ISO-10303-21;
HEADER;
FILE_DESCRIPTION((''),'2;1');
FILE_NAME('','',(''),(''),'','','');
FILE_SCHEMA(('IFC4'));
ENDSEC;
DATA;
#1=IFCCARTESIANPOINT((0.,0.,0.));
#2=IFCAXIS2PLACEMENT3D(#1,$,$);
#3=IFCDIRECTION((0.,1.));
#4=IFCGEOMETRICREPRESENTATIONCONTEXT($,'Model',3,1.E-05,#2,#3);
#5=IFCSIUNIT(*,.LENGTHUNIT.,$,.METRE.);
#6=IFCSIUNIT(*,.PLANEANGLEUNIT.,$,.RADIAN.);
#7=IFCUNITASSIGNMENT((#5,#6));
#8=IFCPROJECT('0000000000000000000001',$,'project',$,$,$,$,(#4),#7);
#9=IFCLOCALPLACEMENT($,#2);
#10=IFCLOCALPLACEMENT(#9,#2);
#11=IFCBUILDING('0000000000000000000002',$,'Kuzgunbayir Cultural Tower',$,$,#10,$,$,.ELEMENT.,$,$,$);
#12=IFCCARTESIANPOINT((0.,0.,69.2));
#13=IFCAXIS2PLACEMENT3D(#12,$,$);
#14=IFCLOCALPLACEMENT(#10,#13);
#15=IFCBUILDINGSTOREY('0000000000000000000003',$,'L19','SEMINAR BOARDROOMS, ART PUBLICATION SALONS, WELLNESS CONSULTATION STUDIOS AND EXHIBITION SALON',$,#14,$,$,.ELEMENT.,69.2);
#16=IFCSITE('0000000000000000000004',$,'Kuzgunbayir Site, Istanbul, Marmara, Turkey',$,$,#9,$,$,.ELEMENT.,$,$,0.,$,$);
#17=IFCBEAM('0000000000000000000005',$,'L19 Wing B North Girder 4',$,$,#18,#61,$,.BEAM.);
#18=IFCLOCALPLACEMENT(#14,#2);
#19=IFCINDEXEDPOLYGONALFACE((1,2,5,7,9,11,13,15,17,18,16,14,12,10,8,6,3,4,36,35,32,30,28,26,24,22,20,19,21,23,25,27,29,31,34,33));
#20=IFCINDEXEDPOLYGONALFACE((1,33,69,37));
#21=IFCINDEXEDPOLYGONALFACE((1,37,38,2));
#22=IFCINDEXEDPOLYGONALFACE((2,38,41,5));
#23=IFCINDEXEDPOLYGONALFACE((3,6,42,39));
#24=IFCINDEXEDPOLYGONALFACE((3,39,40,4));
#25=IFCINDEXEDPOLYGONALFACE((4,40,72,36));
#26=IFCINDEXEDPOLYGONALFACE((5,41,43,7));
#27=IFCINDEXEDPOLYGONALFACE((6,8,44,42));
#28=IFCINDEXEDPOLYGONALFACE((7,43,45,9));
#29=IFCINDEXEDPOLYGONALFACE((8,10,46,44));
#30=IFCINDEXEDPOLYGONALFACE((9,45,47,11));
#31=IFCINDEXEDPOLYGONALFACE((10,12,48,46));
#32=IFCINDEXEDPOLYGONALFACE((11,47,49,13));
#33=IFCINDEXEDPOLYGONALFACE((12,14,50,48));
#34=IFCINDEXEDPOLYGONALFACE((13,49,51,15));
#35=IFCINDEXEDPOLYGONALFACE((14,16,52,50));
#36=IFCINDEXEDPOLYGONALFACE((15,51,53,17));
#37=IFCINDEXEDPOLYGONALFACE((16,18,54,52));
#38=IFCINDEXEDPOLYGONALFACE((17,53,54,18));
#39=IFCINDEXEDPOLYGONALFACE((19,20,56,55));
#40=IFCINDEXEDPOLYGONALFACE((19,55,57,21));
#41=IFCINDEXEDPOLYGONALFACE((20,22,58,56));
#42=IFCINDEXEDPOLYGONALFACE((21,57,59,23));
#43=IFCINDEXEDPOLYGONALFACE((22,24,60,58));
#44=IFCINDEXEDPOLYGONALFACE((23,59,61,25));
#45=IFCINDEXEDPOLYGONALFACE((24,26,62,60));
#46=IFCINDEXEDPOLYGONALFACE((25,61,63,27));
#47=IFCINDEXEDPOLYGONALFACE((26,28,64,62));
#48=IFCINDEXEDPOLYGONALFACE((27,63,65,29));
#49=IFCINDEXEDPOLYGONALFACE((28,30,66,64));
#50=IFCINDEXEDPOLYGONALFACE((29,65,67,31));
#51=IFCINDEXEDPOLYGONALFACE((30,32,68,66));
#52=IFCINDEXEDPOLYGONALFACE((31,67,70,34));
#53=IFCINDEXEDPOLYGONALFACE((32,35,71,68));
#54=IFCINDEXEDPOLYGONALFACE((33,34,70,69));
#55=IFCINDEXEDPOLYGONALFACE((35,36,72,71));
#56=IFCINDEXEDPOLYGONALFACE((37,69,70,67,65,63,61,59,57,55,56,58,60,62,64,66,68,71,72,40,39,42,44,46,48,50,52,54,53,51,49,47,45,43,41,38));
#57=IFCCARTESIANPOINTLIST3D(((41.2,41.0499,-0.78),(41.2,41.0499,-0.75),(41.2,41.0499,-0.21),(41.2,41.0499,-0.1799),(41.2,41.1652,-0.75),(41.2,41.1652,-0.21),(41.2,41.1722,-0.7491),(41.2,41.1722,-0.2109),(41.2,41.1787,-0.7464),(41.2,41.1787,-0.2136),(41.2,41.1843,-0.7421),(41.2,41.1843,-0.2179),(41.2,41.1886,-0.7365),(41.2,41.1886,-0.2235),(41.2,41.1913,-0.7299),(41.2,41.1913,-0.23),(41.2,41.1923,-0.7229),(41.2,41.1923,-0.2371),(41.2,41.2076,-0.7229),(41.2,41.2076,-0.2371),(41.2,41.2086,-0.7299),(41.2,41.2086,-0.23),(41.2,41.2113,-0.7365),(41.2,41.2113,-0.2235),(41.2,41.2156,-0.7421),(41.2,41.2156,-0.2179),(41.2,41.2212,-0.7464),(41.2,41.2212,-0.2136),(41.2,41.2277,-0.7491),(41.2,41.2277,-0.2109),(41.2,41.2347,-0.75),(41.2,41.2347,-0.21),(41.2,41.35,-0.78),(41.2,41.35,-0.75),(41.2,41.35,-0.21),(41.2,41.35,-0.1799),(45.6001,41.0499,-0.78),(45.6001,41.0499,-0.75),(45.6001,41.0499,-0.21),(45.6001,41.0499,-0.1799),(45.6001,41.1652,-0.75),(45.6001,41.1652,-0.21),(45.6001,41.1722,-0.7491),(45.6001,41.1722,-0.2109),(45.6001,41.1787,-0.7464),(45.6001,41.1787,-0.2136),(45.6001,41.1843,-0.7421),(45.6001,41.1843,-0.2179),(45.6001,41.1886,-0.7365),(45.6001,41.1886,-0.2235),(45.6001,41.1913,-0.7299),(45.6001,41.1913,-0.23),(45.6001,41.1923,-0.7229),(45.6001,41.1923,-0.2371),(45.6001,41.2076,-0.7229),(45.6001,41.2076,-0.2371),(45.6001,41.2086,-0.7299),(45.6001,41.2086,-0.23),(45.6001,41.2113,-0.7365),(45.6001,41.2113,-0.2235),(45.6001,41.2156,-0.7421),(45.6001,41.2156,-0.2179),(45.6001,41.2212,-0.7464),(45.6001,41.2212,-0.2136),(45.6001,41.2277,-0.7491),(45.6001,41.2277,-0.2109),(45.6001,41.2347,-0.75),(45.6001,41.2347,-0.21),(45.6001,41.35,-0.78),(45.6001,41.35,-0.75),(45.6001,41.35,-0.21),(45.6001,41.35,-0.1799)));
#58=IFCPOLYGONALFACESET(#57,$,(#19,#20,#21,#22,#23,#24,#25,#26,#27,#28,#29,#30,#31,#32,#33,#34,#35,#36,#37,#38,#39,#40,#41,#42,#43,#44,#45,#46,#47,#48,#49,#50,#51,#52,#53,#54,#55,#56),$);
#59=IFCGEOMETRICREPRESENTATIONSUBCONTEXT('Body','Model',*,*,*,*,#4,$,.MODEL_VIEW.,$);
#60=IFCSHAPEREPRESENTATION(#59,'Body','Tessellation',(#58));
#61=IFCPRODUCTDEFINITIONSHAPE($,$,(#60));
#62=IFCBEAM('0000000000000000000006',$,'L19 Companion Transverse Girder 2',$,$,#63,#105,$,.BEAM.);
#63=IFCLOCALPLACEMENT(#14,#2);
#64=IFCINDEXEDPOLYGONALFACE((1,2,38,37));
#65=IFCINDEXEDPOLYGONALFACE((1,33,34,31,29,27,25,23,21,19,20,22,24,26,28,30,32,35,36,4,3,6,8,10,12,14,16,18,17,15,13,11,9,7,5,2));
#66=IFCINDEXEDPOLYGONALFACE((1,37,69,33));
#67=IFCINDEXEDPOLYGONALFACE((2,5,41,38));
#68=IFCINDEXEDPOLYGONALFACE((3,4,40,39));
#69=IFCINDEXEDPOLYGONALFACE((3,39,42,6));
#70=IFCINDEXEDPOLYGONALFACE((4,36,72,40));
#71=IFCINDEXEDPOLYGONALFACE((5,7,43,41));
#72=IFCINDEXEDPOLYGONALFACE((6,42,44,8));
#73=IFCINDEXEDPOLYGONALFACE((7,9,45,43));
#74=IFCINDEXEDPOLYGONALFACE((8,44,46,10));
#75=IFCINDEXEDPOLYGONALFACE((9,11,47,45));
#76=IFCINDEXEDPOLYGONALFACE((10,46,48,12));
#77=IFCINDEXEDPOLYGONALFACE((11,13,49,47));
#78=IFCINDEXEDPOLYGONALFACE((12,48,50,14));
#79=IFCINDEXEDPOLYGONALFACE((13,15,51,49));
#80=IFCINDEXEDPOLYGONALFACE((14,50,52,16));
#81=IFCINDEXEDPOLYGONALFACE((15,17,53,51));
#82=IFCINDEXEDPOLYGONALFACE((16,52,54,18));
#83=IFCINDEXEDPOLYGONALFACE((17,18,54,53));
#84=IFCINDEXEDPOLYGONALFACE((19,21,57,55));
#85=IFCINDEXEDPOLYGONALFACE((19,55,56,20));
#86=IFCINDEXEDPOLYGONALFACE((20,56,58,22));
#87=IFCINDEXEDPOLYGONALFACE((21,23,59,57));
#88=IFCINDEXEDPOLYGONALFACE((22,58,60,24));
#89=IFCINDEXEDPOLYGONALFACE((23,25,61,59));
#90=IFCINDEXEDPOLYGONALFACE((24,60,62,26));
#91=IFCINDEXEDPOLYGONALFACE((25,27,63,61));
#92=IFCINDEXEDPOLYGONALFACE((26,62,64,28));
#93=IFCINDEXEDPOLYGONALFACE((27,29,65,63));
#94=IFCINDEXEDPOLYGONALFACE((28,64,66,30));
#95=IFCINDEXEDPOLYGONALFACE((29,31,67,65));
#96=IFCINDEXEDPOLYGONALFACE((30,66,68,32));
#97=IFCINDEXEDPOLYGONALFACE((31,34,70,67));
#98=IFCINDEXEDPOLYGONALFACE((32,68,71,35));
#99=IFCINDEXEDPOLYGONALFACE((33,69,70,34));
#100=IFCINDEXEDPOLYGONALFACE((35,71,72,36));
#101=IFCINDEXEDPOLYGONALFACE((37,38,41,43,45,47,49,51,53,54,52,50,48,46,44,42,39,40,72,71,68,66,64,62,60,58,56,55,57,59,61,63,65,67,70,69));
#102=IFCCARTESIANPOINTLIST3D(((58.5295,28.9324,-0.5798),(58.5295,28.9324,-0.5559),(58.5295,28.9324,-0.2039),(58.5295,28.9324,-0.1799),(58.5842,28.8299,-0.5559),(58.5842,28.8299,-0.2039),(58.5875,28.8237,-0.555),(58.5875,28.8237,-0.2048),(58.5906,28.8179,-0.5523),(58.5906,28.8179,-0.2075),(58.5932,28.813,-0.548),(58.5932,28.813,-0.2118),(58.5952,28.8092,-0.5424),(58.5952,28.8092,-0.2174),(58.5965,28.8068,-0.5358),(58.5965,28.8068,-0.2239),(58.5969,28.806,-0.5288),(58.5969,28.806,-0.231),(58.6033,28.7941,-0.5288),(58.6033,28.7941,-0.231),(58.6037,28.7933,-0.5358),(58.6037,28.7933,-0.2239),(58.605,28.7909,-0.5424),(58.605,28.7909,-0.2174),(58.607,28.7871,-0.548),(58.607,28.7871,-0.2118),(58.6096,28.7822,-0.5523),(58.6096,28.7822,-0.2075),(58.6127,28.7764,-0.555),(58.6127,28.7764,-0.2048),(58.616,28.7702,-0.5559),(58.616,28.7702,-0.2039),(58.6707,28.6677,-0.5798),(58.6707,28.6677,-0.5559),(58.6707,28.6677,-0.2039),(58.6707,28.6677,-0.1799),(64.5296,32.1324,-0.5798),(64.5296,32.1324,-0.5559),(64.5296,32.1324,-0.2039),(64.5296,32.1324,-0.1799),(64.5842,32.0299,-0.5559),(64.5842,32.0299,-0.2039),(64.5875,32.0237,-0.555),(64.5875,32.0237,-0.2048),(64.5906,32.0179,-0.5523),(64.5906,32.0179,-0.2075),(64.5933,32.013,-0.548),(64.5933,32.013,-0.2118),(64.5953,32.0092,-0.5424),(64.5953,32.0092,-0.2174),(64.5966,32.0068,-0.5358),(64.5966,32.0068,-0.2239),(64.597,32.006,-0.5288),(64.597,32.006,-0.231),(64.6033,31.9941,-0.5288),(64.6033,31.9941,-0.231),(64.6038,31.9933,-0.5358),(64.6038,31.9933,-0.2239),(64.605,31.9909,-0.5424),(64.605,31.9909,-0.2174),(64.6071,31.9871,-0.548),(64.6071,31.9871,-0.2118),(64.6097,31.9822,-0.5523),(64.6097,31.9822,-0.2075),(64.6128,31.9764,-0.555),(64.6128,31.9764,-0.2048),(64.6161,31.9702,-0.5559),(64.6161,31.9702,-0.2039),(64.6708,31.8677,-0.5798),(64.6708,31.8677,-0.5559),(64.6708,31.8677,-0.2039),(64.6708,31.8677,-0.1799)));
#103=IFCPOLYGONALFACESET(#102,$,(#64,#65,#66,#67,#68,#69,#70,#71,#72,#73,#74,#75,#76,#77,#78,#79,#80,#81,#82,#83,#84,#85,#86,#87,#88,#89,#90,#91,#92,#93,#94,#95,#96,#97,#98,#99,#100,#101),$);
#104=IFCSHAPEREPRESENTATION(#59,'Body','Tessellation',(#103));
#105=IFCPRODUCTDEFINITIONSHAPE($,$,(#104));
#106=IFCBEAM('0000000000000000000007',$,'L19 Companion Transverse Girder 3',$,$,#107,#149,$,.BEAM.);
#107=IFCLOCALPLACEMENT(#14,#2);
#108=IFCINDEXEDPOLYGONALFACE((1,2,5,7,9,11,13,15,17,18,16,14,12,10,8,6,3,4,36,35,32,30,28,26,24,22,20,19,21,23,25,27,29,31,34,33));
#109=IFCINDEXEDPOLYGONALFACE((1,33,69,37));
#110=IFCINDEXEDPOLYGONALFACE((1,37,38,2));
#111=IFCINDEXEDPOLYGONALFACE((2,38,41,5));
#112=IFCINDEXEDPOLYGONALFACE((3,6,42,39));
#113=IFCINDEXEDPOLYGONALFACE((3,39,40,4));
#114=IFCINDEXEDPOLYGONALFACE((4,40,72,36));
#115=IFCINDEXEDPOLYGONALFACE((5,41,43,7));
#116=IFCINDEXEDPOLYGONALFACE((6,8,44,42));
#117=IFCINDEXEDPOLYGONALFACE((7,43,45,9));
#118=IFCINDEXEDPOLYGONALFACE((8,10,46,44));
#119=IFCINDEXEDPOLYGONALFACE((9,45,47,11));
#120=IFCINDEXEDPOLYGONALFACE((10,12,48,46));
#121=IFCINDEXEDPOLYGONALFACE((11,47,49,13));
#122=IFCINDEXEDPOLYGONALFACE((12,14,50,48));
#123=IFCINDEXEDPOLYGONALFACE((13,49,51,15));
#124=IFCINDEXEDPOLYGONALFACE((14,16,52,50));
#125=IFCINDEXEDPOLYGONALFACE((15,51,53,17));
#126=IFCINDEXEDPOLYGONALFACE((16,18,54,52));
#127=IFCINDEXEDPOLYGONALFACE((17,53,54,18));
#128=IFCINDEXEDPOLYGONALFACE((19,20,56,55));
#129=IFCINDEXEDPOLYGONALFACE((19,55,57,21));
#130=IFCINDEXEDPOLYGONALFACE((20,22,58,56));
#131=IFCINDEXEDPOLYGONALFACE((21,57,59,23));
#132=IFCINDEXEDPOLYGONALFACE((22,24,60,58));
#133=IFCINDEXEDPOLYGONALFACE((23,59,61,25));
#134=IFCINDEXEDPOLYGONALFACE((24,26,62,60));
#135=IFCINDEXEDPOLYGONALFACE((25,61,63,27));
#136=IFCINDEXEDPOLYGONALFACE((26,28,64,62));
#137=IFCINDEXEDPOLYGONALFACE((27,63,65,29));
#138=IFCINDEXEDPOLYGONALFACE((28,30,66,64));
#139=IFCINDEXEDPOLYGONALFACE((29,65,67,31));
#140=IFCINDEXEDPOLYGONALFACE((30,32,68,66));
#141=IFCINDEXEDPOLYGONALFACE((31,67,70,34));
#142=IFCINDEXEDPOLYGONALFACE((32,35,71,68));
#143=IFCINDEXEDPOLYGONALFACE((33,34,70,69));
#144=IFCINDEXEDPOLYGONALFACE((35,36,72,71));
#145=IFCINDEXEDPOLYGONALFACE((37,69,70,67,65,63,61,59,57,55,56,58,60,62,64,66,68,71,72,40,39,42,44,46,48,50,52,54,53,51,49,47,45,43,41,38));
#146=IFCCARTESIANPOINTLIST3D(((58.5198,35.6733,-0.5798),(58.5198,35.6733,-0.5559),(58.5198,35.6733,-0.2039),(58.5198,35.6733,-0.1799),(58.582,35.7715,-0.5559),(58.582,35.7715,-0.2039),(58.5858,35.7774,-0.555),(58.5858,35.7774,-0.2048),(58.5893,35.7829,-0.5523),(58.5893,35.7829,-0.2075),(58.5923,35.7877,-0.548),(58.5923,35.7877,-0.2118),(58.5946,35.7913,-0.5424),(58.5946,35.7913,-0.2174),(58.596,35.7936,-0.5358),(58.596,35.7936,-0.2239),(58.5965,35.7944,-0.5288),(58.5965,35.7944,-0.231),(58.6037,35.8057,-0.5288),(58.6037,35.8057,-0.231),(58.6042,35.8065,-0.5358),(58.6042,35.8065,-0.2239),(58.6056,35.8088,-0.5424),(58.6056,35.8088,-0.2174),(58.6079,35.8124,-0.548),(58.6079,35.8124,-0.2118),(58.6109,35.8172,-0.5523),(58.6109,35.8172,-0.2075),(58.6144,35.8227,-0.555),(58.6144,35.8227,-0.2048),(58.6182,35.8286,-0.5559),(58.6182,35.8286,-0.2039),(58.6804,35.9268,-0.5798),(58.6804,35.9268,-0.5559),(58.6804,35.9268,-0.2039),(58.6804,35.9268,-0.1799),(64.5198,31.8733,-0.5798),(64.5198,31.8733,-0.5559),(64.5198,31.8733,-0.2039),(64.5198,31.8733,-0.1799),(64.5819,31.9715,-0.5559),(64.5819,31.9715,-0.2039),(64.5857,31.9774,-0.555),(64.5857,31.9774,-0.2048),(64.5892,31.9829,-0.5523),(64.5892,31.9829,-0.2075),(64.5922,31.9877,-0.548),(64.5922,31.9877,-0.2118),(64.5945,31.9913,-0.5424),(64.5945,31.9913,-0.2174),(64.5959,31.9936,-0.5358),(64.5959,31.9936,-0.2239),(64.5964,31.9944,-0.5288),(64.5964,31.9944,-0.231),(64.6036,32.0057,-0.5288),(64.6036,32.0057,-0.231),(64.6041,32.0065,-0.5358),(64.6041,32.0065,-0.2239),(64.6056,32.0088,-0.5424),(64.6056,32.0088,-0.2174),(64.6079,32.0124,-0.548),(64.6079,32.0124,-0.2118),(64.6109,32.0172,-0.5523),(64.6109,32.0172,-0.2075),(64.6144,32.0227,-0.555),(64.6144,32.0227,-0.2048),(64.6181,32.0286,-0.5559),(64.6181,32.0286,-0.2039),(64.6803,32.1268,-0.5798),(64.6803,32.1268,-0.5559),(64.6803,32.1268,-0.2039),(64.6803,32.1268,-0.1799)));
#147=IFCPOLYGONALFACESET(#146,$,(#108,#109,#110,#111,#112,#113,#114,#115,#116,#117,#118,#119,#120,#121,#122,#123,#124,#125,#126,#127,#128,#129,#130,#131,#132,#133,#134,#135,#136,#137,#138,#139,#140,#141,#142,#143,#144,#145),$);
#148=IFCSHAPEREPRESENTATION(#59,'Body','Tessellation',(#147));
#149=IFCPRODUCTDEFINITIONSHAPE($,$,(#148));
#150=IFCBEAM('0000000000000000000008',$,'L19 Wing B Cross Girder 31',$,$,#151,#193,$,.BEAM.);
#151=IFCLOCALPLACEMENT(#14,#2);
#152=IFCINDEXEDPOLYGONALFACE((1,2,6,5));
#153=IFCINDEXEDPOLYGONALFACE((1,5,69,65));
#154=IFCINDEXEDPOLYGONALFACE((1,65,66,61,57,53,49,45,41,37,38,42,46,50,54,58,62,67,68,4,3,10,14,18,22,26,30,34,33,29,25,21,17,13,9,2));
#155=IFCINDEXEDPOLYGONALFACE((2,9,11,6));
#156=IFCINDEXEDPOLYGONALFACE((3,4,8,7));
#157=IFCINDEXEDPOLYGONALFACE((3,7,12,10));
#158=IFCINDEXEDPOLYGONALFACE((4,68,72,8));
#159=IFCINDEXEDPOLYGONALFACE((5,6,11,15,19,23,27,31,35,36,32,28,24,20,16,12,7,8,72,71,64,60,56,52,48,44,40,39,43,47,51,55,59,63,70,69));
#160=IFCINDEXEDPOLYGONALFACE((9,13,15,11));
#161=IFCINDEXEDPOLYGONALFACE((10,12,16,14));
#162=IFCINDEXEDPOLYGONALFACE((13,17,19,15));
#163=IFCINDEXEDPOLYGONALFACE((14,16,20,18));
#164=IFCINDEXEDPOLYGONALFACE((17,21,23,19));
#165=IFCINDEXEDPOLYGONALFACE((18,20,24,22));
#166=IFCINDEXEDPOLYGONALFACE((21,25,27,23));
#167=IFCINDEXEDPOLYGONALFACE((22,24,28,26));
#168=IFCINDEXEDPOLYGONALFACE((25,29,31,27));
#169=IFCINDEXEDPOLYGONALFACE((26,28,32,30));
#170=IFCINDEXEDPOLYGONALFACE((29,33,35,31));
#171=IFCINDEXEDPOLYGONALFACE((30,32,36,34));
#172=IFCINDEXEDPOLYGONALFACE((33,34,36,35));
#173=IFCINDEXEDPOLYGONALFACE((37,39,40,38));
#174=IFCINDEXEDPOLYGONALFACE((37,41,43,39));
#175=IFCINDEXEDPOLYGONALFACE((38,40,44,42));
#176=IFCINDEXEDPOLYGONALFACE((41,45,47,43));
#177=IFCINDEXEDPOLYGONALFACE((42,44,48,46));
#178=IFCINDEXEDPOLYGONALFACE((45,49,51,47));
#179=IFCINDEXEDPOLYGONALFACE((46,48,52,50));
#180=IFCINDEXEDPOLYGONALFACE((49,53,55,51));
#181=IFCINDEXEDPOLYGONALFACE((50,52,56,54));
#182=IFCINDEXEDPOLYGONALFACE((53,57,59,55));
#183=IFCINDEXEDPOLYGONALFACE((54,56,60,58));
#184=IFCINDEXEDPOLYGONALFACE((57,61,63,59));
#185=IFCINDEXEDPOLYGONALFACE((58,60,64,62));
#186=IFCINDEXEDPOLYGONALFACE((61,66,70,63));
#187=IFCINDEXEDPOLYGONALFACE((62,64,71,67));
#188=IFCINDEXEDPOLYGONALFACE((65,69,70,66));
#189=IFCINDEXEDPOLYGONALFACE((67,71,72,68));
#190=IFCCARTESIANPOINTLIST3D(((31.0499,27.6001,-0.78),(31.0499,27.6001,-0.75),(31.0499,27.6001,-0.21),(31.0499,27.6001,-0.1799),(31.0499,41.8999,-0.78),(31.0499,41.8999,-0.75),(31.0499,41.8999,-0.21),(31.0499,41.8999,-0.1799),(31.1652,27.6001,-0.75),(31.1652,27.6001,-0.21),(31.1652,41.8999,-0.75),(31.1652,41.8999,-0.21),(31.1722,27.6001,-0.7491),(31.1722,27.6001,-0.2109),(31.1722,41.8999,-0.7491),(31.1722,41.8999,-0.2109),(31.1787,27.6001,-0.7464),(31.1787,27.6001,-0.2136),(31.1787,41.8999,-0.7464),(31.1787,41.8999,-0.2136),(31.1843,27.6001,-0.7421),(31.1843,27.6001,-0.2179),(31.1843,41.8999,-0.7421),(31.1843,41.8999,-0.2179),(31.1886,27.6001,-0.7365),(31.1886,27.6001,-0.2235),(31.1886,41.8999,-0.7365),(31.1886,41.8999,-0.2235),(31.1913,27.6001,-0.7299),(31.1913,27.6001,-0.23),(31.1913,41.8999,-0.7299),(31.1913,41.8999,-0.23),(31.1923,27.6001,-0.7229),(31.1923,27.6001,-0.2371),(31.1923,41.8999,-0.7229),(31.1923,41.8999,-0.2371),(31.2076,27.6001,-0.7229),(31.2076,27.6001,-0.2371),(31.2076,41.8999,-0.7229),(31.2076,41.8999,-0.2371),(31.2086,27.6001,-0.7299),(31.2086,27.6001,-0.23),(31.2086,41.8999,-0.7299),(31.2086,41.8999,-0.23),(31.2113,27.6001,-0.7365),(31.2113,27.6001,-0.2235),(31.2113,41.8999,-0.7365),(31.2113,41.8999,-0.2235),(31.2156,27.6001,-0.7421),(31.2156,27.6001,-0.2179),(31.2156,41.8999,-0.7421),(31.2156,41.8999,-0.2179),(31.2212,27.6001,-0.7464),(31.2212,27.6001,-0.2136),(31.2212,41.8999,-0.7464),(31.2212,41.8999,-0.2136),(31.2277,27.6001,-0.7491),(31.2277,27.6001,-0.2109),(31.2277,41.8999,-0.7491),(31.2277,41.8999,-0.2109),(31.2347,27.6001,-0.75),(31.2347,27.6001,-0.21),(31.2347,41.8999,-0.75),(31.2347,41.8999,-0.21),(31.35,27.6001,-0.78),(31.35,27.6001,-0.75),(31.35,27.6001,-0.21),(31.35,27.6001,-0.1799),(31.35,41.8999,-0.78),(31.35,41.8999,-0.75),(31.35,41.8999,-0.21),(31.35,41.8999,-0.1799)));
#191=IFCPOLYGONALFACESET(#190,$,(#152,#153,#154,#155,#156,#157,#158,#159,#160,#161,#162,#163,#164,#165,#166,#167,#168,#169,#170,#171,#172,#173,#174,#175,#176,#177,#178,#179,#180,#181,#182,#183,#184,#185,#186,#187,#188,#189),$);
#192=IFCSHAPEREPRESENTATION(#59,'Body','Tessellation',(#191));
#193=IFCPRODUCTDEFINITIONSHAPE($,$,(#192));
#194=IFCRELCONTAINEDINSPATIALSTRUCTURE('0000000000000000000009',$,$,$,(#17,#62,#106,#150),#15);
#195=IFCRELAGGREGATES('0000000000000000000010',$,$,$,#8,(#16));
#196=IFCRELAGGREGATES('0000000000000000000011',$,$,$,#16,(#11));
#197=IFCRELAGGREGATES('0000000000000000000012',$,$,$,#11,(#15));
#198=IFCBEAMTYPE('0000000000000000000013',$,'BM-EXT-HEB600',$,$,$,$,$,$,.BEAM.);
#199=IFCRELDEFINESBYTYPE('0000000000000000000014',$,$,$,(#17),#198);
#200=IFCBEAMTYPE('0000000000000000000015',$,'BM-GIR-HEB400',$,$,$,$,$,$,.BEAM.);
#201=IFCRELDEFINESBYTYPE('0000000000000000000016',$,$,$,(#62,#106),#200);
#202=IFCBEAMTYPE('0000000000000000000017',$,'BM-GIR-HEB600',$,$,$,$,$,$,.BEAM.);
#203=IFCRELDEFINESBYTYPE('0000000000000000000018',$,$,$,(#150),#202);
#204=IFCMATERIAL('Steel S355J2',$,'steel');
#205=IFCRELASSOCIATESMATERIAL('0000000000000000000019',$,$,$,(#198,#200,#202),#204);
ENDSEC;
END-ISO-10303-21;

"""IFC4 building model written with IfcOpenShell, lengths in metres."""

from ifc_helpers import new_model, si_unit, direction, frame, origin, origin_2d, place, context, subcontext, project, spatial, i_section, extrude, material, material_profile, profile_set, type_object, element, save


model = new_model("IFC4")

# Units and contexts
model_context = context("Model", 3, precision=1e-05, world=origin(), true_north=direction((0.0, 1.0)))
body_context = subcontext(model_context, "Body", "Model", "MODEL_VIEW")
ifc_project = project(units=[si_unit("LENGTHUNIT", "METRE"), si_unit("PLANEANGLEUNIT", "RADIAN")], contexts=[model_context])

# Site, building, storey
site_placement = place(None, origin())
site = spatial("IfcSite", under=ifc_project, at=site_placement, Name="Kuzgunbayir Site, Istanbul, Marmara, Turkey", CompositionType="ELEMENT", RefElevation=0.0)
building_placement = place(site_placement, origin())
building = spatial("IfcBuilding", under=site, at=building_placement, Name="Kuzgunbayir Cultural Tower", CompositionType="ELEMENT")
storey_placement = place(building_placement, frame((0.0, 0.0, 69.2)))
storey = spatial("IfcBuildingStorey", under=building, at=storey_placement, Name="L19", Description="SEMINAR BOARDROOMS, ART PUBLICATION SALONS, WELLNESS CONSULTATION STUDIOS AND EXHIBITION SALON", CompositionType="ELEMENT", Elevation=69.2)

# Beams
ifc_material_1 = material(Name="Steel S355J2", Category="steel")
ifc_material_profile_1 = material_profile(ifc_material_1, i_section(OverallWidth=0.3, OverallDepth=0.6001, WebThickness=0.0154, FlangeThickness=0.03, FilletRadius=0.0271, at=origin_2d()), Name="HEB 600")
ifc_profile_set_1 = profile_set([ifc_material_profile_1], Name="Steel S355J2")
beam_type_1 = type_object("IfcBeamType", Name="BM-EXT-HEB600", PredefinedType="BEAM", material=ifc_profile_set_1)
for number, where, z_axis, x_axis, name in (
    (1, (41.2, 41.2, -0.48), (1.0, 0.0, 0.0), (0.0, 1.0, 0.0), "L19 Wing B North Girder 4"),
):
    element("IfcBeam", number, at=place(storey_placement, frame(where, z_axis=z_axis, x_axis=x_axis)), inside=storey, type_object=beam_type_1, Name=name, PredefinedType="BEAM", context=body_context, shape_type="SweptSolid", body=[
        extrude(i_section(OverallWidth=0.3, OverallDepth=0.6001, WebThickness=0.0154, FlangeThickness=0.03, FilletRadius=0.0271, at=origin_2d()), origin(), (0.0, 0.0, 1.0), 4.4001),
    ])
ifc_material_profile_2 = material_profile(ifc_material_1, i_section(OverallWidth=0.3, OverallDepth=0.3999, WebThickness=0.0134, FlangeThickness=0.0239, FilletRadius=0.0271, at=origin_2d()), Name="HEB 400")
ifc_profile_set_2 = profile_set([ifc_material_profile_2], Name="Steel S355J2")
beam_type_2 = type_object("IfcBeamType", Name="BM-GIR-HEB400", PredefinedType="BEAM", material=ifc_profile_set_2)
beam_1_placement = place(storey_placement, frame((58.6001, 28.8, -0.3799), z_axis=(0.882356, 0.470583, 0.0), x_axis=(-0.470583, 0.882356, 0.0)))
element("IfcBeam", 2, at=beam_1_placement, inside=storey, type_object=beam_type_2, Name="L19 Companion Transverse Girder 2", PredefinedType="BEAM", context=body_context, shape_type="SweptSolid", body=[
    extrude(i_section(OverallWidth=0.3, OverallDepth=0.3999, WebThickness=0.0134, FlangeThickness=0.0239, FilletRadius=0.0271, at=origin_2d()), origin(), (0.0, 0.0, 1.0), 6.8),
])
beam_2_placement = place(storey_placement, frame((58.6001, 35.8, -0.3799), z_axis=(0.844816, -0.535057, 0.0), x_axis=(0.535057, 0.844816, 0.0)))
element("IfcBeam", 3, at=beam_2_placement, inside=storey, type_object=beam_type_2, Name="L19 Companion Transverse Girder 3", PredefinedType="BEAM", context=body_context, shape_type="SweptSolid", body=[
    extrude(i_section(OverallWidth=0.3, OverallDepth=0.3999, WebThickness=0.0134, FlangeThickness=0.0239, FilletRadius=0.0271, at=origin_2d()), origin(), (0.0, 0.0, 1.0), 7.1021),
])
ifc_material_profile_3 = material_profile(ifc_material_1, i_section(OverallWidth=0.3, OverallDepth=0.6001, WebThickness=0.0154, FlangeThickness=0.03, FilletRadius=0.0271, at=origin_2d()), Name="HEB 600")
ifc_profile_set_3 = profile_set([ifc_material_profile_3], Name="Steel S355J2")
beam_type_3 = type_object("IfcBeamType", Name="BM-GIR-HEB600", PredefinedType="BEAM", material=ifc_profile_set_3)
beam_3_placement = place(storey_placement, frame((31.2, 27.6001, -0.48), z_axis=(0.0, 1.0, 0.0), x_axis=(-1.0, 0.0, 0.0)))
element("IfcBeam", 4, at=beam_3_placement, inside=storey, type_object=beam_type_3, Name="L19 Wing B Cross Girder 31", PredefinedType="BEAM", context=body_context, shape_type="SweptSolid", body=[
    extrude(i_section(OverallWidth=0.3, OverallDepth=0.6001, WebThickness=0.0154, FlangeThickness=0.03, FilletRadius=0.0271, at=origin_2d()), origin(), (0.0, 0.0, 1.0), 14.2998),
])

save(model, "model.ifc")
